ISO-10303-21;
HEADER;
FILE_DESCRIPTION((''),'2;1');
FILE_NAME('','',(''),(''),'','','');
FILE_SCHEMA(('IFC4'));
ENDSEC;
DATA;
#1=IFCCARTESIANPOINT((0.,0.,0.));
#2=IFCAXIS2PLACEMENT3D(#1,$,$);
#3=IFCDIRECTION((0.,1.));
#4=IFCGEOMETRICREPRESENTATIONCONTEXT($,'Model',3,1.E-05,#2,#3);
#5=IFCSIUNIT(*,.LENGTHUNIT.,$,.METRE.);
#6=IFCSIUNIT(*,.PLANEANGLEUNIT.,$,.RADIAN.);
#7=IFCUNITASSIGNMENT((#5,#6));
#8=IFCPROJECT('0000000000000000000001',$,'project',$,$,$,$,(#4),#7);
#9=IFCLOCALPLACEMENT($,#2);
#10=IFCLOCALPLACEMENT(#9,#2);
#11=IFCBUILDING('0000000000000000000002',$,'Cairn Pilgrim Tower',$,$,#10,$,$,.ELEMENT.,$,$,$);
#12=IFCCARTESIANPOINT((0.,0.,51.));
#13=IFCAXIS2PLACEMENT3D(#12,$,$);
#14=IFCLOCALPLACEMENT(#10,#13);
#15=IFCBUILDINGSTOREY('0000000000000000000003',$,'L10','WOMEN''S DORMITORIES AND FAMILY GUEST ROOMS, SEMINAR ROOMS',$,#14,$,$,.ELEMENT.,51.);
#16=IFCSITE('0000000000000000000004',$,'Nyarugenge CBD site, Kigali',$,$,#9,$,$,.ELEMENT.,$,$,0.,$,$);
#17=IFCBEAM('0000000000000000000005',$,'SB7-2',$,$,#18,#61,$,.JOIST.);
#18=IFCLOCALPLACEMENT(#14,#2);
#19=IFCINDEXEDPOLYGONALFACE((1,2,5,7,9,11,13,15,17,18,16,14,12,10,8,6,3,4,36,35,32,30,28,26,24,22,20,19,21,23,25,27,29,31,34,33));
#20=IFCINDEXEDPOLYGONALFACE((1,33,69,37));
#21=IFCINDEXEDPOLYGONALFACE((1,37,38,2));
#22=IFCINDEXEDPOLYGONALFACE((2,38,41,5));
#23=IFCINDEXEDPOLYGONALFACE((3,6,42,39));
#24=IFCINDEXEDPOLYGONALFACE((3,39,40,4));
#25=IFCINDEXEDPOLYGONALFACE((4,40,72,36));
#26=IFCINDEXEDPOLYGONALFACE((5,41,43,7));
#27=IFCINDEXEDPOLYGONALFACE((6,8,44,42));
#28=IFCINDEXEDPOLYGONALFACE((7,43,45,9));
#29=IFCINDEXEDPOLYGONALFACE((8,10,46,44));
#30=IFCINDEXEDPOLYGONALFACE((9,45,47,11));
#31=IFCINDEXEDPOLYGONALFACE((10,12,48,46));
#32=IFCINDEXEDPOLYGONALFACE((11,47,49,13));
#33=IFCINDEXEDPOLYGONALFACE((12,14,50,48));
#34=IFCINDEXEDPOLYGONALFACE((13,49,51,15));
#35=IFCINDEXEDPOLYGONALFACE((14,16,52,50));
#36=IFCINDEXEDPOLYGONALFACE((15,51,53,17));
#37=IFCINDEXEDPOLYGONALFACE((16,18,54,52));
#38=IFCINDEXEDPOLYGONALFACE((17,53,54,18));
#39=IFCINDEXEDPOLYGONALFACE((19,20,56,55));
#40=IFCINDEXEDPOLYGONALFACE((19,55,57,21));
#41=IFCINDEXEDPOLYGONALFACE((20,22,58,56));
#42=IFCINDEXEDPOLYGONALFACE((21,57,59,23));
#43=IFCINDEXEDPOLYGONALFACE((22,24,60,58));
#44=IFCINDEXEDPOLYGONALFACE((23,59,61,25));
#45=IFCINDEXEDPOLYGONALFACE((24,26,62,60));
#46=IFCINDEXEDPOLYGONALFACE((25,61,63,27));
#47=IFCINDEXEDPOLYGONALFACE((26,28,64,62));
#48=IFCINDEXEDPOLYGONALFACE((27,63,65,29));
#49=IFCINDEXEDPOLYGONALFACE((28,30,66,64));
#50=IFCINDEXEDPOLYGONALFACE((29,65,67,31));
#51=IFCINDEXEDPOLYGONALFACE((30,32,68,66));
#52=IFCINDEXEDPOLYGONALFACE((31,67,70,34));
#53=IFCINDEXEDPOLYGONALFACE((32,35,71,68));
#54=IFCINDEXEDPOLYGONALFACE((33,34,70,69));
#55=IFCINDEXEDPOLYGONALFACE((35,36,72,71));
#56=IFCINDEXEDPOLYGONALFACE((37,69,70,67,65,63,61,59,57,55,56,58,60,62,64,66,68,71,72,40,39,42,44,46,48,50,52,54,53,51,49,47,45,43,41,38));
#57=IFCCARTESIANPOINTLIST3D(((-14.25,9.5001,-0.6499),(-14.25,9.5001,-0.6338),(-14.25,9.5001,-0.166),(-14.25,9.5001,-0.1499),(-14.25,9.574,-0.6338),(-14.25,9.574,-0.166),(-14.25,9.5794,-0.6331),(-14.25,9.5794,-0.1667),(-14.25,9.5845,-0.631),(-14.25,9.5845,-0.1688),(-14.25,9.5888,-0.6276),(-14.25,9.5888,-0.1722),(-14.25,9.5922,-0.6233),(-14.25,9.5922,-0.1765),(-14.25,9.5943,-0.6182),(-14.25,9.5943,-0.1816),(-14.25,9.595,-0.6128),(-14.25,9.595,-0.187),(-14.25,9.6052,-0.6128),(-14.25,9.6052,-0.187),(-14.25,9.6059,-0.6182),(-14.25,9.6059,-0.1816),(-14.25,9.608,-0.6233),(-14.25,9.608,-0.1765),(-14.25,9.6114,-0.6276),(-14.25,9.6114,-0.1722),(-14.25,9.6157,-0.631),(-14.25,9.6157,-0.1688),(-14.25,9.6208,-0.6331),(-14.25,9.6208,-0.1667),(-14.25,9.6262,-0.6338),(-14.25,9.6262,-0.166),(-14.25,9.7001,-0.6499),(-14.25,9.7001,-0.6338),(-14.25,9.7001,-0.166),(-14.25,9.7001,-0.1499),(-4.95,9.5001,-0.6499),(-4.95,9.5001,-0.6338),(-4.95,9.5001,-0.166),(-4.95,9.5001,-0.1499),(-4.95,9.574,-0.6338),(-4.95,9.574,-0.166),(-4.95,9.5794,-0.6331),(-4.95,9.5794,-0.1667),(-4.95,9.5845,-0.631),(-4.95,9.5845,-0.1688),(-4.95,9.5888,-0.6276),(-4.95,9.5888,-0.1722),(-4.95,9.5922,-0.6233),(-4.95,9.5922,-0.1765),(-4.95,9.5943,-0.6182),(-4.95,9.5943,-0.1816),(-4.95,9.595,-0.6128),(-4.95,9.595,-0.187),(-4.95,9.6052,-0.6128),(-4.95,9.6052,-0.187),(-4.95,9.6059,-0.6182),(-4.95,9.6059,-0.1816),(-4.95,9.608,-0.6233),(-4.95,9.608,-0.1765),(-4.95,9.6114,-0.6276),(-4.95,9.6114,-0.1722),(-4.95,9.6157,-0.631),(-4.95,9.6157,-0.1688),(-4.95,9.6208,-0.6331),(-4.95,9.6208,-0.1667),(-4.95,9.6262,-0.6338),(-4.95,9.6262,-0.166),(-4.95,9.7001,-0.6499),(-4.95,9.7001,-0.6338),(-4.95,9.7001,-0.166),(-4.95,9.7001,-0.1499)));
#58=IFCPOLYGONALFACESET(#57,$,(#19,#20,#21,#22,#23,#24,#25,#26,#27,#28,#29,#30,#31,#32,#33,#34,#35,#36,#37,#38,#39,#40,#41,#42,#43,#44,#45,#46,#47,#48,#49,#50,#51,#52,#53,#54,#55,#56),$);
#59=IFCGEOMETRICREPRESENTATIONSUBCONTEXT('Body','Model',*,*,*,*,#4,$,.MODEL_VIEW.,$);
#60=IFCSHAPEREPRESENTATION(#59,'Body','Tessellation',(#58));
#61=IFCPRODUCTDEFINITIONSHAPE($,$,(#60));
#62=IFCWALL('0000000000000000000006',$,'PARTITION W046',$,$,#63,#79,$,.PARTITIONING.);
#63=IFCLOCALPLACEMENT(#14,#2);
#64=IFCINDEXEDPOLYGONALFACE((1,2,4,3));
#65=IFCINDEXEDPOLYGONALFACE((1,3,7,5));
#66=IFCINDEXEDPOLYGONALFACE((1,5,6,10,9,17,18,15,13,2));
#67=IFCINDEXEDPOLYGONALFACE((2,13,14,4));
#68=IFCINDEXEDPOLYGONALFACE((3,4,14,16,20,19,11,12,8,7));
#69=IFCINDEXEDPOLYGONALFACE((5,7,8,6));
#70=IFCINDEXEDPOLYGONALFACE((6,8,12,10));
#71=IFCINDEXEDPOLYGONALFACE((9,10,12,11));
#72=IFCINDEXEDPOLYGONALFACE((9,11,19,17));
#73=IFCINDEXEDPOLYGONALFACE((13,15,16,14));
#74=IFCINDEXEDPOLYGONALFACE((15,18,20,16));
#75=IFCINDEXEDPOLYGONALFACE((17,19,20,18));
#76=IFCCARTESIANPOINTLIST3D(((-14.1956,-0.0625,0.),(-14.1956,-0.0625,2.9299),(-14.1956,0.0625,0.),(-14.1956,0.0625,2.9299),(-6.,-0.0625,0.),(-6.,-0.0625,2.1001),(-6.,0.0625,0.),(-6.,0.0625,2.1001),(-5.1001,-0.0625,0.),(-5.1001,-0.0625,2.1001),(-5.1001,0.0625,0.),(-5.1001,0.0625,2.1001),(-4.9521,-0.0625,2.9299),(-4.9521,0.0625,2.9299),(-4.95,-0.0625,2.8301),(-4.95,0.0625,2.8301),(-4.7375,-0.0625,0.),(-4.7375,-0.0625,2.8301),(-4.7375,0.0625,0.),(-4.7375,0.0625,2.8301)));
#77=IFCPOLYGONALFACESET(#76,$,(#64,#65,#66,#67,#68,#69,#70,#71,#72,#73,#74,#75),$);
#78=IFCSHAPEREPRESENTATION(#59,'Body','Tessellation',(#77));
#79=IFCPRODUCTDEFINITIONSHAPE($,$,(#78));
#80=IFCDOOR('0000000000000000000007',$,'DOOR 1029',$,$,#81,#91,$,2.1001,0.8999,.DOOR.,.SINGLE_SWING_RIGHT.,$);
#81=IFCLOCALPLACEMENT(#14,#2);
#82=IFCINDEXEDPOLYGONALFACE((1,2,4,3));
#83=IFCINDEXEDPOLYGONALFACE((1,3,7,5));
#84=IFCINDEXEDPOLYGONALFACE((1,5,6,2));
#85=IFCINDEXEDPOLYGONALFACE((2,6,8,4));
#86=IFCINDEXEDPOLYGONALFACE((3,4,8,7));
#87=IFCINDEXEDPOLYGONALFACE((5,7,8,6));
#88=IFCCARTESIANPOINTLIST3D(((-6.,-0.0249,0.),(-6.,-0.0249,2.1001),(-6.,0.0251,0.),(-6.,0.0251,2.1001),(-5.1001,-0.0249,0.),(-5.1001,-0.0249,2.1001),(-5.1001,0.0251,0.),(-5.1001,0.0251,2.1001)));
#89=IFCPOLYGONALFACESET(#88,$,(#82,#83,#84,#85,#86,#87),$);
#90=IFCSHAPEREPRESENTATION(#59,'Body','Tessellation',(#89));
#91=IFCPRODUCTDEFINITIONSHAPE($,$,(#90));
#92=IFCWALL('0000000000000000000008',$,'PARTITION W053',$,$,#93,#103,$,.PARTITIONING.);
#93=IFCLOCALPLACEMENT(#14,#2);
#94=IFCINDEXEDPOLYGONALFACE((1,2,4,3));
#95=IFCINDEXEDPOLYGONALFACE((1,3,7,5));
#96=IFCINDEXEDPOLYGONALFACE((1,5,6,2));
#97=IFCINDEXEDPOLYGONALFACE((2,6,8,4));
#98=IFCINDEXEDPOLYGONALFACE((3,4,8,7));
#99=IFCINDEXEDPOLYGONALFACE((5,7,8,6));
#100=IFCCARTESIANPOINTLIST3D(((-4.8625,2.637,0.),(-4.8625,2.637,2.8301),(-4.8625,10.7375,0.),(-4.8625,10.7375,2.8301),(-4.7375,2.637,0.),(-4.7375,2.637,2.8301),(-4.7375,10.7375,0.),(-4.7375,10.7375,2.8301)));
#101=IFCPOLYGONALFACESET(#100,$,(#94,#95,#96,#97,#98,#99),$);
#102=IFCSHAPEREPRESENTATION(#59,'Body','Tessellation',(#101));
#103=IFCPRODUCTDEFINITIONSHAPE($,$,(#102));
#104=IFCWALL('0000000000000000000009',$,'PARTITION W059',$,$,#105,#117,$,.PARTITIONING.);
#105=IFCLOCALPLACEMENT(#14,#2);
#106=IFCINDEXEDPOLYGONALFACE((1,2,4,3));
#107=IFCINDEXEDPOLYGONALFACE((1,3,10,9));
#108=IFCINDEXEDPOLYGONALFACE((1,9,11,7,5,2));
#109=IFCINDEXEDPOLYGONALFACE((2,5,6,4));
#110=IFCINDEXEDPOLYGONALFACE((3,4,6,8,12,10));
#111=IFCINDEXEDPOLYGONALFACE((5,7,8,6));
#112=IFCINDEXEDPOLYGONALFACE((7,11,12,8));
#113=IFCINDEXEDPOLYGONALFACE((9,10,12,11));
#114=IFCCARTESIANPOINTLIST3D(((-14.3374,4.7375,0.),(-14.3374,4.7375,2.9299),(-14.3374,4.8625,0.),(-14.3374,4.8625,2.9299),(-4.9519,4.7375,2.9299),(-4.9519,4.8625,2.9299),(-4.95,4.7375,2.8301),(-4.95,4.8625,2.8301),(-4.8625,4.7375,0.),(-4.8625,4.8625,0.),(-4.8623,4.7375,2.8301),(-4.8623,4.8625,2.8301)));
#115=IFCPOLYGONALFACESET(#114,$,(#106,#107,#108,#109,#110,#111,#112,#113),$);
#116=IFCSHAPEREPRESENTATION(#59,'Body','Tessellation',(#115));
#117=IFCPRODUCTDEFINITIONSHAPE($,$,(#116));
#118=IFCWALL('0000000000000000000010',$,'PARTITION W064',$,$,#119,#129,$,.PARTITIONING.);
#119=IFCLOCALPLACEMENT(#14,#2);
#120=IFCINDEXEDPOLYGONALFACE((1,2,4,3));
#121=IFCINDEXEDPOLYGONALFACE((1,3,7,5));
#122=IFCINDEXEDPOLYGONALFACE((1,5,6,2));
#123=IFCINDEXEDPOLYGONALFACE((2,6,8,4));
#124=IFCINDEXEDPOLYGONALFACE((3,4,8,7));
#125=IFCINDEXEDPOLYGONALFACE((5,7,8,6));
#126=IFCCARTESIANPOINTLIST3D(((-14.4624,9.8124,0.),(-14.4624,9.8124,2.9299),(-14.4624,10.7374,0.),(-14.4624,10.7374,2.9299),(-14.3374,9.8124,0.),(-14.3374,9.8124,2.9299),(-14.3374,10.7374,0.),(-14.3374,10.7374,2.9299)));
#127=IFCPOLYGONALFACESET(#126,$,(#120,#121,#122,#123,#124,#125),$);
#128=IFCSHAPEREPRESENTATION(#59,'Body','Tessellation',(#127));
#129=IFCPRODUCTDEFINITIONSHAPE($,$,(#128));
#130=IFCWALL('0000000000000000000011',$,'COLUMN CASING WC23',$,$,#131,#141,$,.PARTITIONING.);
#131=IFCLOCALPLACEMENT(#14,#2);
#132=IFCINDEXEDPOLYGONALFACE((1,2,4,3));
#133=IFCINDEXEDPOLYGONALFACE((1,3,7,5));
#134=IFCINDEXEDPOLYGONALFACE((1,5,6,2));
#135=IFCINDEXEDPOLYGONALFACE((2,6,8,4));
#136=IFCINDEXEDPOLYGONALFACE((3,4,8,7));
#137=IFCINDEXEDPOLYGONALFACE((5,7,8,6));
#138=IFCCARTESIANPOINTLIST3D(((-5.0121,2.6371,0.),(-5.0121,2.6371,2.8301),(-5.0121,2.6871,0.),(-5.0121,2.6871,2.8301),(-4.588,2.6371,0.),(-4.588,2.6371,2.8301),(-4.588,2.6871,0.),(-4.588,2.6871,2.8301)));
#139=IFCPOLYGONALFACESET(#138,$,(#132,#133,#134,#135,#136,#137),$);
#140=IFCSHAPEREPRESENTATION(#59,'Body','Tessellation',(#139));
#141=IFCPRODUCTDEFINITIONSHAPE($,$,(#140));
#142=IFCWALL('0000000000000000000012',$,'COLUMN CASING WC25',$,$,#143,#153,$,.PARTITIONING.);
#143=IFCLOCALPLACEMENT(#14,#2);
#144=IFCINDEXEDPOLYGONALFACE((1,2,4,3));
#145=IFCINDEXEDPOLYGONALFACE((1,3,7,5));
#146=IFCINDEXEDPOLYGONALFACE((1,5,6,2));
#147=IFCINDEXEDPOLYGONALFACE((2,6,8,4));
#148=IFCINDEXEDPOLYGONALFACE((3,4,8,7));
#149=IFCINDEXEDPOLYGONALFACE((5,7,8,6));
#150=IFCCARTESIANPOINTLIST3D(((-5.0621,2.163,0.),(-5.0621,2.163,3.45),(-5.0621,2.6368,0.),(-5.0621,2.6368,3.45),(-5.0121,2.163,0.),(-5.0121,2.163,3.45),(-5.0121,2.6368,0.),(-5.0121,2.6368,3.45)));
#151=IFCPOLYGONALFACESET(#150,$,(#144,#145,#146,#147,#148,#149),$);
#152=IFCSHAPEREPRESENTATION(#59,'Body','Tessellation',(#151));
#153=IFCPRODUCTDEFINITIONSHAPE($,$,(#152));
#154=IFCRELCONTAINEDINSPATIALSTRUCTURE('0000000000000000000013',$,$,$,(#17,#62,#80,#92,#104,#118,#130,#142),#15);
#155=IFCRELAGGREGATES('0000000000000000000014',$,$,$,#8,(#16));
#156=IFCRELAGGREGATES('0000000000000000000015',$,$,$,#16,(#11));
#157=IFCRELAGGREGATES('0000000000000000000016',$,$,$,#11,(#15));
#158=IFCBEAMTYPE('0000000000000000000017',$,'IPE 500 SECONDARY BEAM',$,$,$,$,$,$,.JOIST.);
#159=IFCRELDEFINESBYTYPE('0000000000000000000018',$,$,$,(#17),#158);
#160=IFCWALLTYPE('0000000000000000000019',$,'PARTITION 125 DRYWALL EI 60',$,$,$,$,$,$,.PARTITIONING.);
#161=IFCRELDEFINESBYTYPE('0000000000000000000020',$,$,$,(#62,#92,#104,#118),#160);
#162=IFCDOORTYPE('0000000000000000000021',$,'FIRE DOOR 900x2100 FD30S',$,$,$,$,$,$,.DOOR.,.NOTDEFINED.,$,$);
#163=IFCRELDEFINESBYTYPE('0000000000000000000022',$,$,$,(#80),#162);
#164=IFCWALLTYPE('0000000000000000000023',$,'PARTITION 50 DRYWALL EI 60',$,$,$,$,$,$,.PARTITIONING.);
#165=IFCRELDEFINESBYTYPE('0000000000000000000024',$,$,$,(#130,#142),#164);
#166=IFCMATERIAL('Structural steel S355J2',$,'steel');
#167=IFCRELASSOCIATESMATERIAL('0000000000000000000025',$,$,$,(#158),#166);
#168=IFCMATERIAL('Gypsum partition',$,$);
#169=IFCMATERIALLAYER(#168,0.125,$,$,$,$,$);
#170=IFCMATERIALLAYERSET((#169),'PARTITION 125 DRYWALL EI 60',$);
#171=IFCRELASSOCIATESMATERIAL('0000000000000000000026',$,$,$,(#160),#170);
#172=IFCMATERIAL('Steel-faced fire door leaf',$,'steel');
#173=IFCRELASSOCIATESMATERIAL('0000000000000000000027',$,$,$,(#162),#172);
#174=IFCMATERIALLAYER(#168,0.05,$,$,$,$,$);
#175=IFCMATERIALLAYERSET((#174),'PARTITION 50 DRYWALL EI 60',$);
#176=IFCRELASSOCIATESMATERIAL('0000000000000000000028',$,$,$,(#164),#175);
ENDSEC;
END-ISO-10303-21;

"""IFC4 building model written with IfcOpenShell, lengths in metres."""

from ifc_helpers import new_model, si_unit, direction, frame, frame_2d, origin, origin_2d, place, context, subcontext, project, spatial, polyline, rectangle, i_section, outline, extrude, material, layer, layer_set, material_profile, profile_set, type_object, element, fill, save


model = new_model("IFC4")

# Units and contexts
model_context = context("Model", 3, precision=1e-05, world=origin(), true_north=direction((0.0, 1.0)))
body_context = subcontext(model_context, "Body", "Model", "MODEL_VIEW")
ifc_project = project(units=[si_unit("LENGTHUNIT", "METRE"), si_unit("PLANEANGLEUNIT", "RADIAN")], contexts=[model_context])

# Site, building, storey
site_placement = place(None, origin())
site = spatial("IfcSite", under=ifc_project, at=site_placement, Name="Nyarugenge CBD site, Kigali", CompositionType="ELEMENT", RefElevation=0.0)
building_placement = place(site_placement, origin())
building = spatial("IfcBuilding", under=site, at=building_placement, Name="Cairn Pilgrim Tower", CompositionType="ELEMENT")
storey_placement = place(building_placement, frame((0.0, 0.0, 51.0)))
storey = spatial("IfcBuildingStorey", under=building, at=storey_placement, Name="L10", Description="WOMEN'S DORMITORIES AND FAMILY GUEST ROOMS, SEMINAR ROOMS", CompositionType="ELEMENT", Elevation=51.0)

# Beam
ifc_material_1 = material(Name="Structural steel S355J2", Category="steel")
ifc_material_profile_1 = material_profile(ifc_material_1, i_section(OverallWidth=0.2, OverallDepth=0.5, WebThickness=0.0103, FlangeThickness=0.0161, FilletRadius=0.021, at=origin_2d()), Name="IPE 500")
ifc_profile_set_1 = profile_set([ifc_material_profile_1], Name="Structural steel S355J2")
beam_type_1 = type_object("IfcBeamType", Name="IPE 500 SECONDARY BEAM", PredefinedType="JOIST", material=ifc_profile_set_1)
for number, where, z_axis, x_axis, name in (
    (1, (-14.25, 9.6001, -0.3999), (1.0, 0.0, 0.0), (0.0, 1.0, 0.0), "SB7-2"),
):
    element("IfcBeam", number, at=place(storey_placement, frame(where, z_axis=z_axis, x_axis=x_axis)), inside=storey, type_object=beam_type_1, Name=name, PredefinedType="JOIST", context=body_context, shape_type="SweptSolid", body=[
        extrude(i_section(OverallWidth=0.2, OverallDepth=0.5, WebThickness=0.0103, FlangeThickness=0.0161, FilletRadius=0.021, at=origin_2d()), origin(), (0.0, 0.0, 1.0), 9.3),
    ])

# Wall, opening, door
ifc_material_2 = material(Name="Gypsum partition")
ifc_layer_1 = layer(ifc_material_2, 0.125)
ifc_layer_set_1 = layer_set([ifc_layer_1], Name="PARTITION 125 DRYWALL EI 60")
wall_type_1 = type_object("IfcWallType", Name="PARTITION 125 DRYWALL EI 60", PredefinedType="PARTITIONING", material=ifc_layer_set_1)
wall_1_placement = place(storey_placement, frame((-14.1956, 0.0, 0.0), z_axis=(0.0, 0.0, 1.0), x_axis=(1.0, 0.0, 0.0)))
wall_1 = element("IfcWall", 2, at=wall_1_placement, inside=storey, type_object=wall_type_1, Name="PARTITION W046", PredefinedType="PARTITIONING", context=body_context, shape_type="SweptSolid", body=[
    extrude(outline(polyline([(0.0, 0.0), (9.458, 0.0), (9.458, 2.8301), (9.2456, 2.8301), (9.2434, 2.9299), (0.0, 2.9299), (0.0, 0.0)])), frame((0.0, 0.0625, 0.0), z_axis=(0.0, -1.0, 0.0), x_axis=(1.0, 0.0, 0.0)), (0.0, 0.0, 1.0), 0.125),
])
opening_placement = place(wall_1_placement, frame((8.1956, 0.0, 0.0)))
opening = element("IfcOpeningElement", 3, at=opening_placement, cuts=wall_1, PredefinedType="OPENING", context=body_context, shape_type="SweptSolid", body=[
    extrude(rectangle(XDim=0.8999, YDim=2.1001, at=frame_2d((0.45, 1.05))), frame((0.0, 0.0725, 0.0), z_axis=(0.0, -1.0, 0.0), x_axis=(1.0, 0.0, 0.0)), (0.0, 0.0, 1.0), 0.145),
])
ifc_material_3 = material(Name="Steel-faced fire door leaf", Category="steel")
door_type = type_object("IfcDoorType", Name="FIRE DOOR 900x2100 FD30S", OperationType="NOTDEFINED", PredefinedType="DOOR", material=ifc_material_3)
door_placement = place(opening_placement, frame((0.8999, 0.0, 0.0), z_axis=(0.0, 0.0, 1.0), x_axis=(-1.0, 0.0, 0.0)))
door = element("IfcDoor", 4, at=door_placement, inside=storey, type_object=door_type, Name="DOOR 1029", OperationType="SINGLE_SWING_RIGHT", OverallHeight=2.1001, OverallWidth=0.8999, PredefinedType="DOOR", context=body_context, shape_type="SweptSolid", body=[
    extrude(rectangle(XDim=0.8999, YDim=2.1001, at=frame_2d((0.45, 1.05))), frame((0.0, 0.0249, 0.0), z_axis=(0.0, -1.0, 0.0), x_axis=(1.0, 0.0, 0.0)), (0.0, 0.0, 1.0), 0.05),
])
fill(opening, door)

# Walls
wall_2_placement = place(storey_placement, frame((-4.8, 2.637, 0.0), z_axis=(0.0, 0.0, 1.0), x_axis=(0.0, 1.0, 0.0)))
element("IfcWall", 5, at=wall_2_placement, inside=storey, type_object=wall_type_1, Name="PARTITION W053", PredefinedType="PARTITIONING", context=body_context, shape_type="SweptSolid", body=[
    extrude(rectangle(XDim=8.1006, YDim=0.125, at=frame_2d((4.0503, 0.0))), origin(), (0.0, 0.0, 1.0), 2.8301),
])
wall_3_placement = place(storey_placement, frame((-14.3374, 4.8, 0.0), z_axis=(0.0, 0.0, 1.0), x_axis=(1.0, 0.0, 0.0)))
element("IfcWall", 6, at=wall_3_placement, inside=storey, type_object=wall_type_1, Name="PARTITION W059", PredefinedType="PARTITIONING", context=body_context, shape_type="SweptSolid", body=[
    extrude(outline(polyline([(0.0, 0.0), (9.4749, 0.0), (9.4751, 2.8301), (9.3875, 2.8301), (9.3855, 2.9299), (0.0, 2.9299), (0.0, 0.0)])), frame((0.0, 0.0625, 0.0), z_axis=(0.0, -1.0, 0.0), x_axis=(1.0, 0.0, 0.0)), (0.0, 0.0, 1.0), 0.125),
])
wall_4_placement = place(storey_placement, frame((-14.3999, 9.8125, 0.0), z_axis=(0.0, 0.0, 1.0), x_axis=(0.0, 1.0, 0.0)))
element("IfcWall", 7, at=wall_4_placement, inside=storey, type_object=wall_type_1, Name="PARTITION W064", PredefinedType="PARTITIONING", context=body_context, shape_type="SweptSolid", body=[
    extrude(rectangle(XDim=0.925, YDim=0.125, at=frame_2d((0.4624, 0.0))), origin(), (0.0, 0.0, 1.0), 2.9299),
])
ifc_layer_2 = layer(ifc_material_2, 0.05)
ifc_layer_set_2 = layer_set([ifc_layer_2], Name="PARTITION 50 DRYWALL EI 60")
wall_type_2 = type_object("IfcWallType", Name="PARTITION 50 DRYWALL EI 60", PredefinedType="PARTITIONING", material=ifc_layer_set_2)
wall_5_placement = place(storey_placement, frame((-5.012, 2.6621, 0.0), z_axis=(0.0, 0.0, 1.0), x_axis=(1.0, 0.0, 0.0)))
element("IfcWall", 8, at=wall_5_placement, inside=storey, type_object=wall_type_2, Name="COLUMN CASING WC23", PredefinedType="PARTITIONING", context=body_context, shape_type="SweptSolid", body=[
    extrude(rectangle(XDim=0.4241, YDim=0.05, at=frame_2d((0.2119, 0.0))), origin(), (0.0, 0.0, 1.0), 2.8301),
])
wall_6_placement = place(storey_placement, frame((-5.0371, 2.1631, 0.0), z_axis=(0.0, 0.0, 1.0), x_axis=(0.0, 1.0, 0.0)))
element("IfcWall", 9, at=wall_6_placement, inside=storey, type_object=wall_type_2, Name="COLUMN CASING WC25", PredefinedType="PARTITIONING", context=body_context, shape_type="SweptSolid", body=[
    extrude(rectangle(XDim=0.4739, YDim=0.05, at=frame_2d((0.2368, 0.0))), origin(), (0.0, 0.0, 1.0), 3.45),
])

save(model, "model.ifc")
